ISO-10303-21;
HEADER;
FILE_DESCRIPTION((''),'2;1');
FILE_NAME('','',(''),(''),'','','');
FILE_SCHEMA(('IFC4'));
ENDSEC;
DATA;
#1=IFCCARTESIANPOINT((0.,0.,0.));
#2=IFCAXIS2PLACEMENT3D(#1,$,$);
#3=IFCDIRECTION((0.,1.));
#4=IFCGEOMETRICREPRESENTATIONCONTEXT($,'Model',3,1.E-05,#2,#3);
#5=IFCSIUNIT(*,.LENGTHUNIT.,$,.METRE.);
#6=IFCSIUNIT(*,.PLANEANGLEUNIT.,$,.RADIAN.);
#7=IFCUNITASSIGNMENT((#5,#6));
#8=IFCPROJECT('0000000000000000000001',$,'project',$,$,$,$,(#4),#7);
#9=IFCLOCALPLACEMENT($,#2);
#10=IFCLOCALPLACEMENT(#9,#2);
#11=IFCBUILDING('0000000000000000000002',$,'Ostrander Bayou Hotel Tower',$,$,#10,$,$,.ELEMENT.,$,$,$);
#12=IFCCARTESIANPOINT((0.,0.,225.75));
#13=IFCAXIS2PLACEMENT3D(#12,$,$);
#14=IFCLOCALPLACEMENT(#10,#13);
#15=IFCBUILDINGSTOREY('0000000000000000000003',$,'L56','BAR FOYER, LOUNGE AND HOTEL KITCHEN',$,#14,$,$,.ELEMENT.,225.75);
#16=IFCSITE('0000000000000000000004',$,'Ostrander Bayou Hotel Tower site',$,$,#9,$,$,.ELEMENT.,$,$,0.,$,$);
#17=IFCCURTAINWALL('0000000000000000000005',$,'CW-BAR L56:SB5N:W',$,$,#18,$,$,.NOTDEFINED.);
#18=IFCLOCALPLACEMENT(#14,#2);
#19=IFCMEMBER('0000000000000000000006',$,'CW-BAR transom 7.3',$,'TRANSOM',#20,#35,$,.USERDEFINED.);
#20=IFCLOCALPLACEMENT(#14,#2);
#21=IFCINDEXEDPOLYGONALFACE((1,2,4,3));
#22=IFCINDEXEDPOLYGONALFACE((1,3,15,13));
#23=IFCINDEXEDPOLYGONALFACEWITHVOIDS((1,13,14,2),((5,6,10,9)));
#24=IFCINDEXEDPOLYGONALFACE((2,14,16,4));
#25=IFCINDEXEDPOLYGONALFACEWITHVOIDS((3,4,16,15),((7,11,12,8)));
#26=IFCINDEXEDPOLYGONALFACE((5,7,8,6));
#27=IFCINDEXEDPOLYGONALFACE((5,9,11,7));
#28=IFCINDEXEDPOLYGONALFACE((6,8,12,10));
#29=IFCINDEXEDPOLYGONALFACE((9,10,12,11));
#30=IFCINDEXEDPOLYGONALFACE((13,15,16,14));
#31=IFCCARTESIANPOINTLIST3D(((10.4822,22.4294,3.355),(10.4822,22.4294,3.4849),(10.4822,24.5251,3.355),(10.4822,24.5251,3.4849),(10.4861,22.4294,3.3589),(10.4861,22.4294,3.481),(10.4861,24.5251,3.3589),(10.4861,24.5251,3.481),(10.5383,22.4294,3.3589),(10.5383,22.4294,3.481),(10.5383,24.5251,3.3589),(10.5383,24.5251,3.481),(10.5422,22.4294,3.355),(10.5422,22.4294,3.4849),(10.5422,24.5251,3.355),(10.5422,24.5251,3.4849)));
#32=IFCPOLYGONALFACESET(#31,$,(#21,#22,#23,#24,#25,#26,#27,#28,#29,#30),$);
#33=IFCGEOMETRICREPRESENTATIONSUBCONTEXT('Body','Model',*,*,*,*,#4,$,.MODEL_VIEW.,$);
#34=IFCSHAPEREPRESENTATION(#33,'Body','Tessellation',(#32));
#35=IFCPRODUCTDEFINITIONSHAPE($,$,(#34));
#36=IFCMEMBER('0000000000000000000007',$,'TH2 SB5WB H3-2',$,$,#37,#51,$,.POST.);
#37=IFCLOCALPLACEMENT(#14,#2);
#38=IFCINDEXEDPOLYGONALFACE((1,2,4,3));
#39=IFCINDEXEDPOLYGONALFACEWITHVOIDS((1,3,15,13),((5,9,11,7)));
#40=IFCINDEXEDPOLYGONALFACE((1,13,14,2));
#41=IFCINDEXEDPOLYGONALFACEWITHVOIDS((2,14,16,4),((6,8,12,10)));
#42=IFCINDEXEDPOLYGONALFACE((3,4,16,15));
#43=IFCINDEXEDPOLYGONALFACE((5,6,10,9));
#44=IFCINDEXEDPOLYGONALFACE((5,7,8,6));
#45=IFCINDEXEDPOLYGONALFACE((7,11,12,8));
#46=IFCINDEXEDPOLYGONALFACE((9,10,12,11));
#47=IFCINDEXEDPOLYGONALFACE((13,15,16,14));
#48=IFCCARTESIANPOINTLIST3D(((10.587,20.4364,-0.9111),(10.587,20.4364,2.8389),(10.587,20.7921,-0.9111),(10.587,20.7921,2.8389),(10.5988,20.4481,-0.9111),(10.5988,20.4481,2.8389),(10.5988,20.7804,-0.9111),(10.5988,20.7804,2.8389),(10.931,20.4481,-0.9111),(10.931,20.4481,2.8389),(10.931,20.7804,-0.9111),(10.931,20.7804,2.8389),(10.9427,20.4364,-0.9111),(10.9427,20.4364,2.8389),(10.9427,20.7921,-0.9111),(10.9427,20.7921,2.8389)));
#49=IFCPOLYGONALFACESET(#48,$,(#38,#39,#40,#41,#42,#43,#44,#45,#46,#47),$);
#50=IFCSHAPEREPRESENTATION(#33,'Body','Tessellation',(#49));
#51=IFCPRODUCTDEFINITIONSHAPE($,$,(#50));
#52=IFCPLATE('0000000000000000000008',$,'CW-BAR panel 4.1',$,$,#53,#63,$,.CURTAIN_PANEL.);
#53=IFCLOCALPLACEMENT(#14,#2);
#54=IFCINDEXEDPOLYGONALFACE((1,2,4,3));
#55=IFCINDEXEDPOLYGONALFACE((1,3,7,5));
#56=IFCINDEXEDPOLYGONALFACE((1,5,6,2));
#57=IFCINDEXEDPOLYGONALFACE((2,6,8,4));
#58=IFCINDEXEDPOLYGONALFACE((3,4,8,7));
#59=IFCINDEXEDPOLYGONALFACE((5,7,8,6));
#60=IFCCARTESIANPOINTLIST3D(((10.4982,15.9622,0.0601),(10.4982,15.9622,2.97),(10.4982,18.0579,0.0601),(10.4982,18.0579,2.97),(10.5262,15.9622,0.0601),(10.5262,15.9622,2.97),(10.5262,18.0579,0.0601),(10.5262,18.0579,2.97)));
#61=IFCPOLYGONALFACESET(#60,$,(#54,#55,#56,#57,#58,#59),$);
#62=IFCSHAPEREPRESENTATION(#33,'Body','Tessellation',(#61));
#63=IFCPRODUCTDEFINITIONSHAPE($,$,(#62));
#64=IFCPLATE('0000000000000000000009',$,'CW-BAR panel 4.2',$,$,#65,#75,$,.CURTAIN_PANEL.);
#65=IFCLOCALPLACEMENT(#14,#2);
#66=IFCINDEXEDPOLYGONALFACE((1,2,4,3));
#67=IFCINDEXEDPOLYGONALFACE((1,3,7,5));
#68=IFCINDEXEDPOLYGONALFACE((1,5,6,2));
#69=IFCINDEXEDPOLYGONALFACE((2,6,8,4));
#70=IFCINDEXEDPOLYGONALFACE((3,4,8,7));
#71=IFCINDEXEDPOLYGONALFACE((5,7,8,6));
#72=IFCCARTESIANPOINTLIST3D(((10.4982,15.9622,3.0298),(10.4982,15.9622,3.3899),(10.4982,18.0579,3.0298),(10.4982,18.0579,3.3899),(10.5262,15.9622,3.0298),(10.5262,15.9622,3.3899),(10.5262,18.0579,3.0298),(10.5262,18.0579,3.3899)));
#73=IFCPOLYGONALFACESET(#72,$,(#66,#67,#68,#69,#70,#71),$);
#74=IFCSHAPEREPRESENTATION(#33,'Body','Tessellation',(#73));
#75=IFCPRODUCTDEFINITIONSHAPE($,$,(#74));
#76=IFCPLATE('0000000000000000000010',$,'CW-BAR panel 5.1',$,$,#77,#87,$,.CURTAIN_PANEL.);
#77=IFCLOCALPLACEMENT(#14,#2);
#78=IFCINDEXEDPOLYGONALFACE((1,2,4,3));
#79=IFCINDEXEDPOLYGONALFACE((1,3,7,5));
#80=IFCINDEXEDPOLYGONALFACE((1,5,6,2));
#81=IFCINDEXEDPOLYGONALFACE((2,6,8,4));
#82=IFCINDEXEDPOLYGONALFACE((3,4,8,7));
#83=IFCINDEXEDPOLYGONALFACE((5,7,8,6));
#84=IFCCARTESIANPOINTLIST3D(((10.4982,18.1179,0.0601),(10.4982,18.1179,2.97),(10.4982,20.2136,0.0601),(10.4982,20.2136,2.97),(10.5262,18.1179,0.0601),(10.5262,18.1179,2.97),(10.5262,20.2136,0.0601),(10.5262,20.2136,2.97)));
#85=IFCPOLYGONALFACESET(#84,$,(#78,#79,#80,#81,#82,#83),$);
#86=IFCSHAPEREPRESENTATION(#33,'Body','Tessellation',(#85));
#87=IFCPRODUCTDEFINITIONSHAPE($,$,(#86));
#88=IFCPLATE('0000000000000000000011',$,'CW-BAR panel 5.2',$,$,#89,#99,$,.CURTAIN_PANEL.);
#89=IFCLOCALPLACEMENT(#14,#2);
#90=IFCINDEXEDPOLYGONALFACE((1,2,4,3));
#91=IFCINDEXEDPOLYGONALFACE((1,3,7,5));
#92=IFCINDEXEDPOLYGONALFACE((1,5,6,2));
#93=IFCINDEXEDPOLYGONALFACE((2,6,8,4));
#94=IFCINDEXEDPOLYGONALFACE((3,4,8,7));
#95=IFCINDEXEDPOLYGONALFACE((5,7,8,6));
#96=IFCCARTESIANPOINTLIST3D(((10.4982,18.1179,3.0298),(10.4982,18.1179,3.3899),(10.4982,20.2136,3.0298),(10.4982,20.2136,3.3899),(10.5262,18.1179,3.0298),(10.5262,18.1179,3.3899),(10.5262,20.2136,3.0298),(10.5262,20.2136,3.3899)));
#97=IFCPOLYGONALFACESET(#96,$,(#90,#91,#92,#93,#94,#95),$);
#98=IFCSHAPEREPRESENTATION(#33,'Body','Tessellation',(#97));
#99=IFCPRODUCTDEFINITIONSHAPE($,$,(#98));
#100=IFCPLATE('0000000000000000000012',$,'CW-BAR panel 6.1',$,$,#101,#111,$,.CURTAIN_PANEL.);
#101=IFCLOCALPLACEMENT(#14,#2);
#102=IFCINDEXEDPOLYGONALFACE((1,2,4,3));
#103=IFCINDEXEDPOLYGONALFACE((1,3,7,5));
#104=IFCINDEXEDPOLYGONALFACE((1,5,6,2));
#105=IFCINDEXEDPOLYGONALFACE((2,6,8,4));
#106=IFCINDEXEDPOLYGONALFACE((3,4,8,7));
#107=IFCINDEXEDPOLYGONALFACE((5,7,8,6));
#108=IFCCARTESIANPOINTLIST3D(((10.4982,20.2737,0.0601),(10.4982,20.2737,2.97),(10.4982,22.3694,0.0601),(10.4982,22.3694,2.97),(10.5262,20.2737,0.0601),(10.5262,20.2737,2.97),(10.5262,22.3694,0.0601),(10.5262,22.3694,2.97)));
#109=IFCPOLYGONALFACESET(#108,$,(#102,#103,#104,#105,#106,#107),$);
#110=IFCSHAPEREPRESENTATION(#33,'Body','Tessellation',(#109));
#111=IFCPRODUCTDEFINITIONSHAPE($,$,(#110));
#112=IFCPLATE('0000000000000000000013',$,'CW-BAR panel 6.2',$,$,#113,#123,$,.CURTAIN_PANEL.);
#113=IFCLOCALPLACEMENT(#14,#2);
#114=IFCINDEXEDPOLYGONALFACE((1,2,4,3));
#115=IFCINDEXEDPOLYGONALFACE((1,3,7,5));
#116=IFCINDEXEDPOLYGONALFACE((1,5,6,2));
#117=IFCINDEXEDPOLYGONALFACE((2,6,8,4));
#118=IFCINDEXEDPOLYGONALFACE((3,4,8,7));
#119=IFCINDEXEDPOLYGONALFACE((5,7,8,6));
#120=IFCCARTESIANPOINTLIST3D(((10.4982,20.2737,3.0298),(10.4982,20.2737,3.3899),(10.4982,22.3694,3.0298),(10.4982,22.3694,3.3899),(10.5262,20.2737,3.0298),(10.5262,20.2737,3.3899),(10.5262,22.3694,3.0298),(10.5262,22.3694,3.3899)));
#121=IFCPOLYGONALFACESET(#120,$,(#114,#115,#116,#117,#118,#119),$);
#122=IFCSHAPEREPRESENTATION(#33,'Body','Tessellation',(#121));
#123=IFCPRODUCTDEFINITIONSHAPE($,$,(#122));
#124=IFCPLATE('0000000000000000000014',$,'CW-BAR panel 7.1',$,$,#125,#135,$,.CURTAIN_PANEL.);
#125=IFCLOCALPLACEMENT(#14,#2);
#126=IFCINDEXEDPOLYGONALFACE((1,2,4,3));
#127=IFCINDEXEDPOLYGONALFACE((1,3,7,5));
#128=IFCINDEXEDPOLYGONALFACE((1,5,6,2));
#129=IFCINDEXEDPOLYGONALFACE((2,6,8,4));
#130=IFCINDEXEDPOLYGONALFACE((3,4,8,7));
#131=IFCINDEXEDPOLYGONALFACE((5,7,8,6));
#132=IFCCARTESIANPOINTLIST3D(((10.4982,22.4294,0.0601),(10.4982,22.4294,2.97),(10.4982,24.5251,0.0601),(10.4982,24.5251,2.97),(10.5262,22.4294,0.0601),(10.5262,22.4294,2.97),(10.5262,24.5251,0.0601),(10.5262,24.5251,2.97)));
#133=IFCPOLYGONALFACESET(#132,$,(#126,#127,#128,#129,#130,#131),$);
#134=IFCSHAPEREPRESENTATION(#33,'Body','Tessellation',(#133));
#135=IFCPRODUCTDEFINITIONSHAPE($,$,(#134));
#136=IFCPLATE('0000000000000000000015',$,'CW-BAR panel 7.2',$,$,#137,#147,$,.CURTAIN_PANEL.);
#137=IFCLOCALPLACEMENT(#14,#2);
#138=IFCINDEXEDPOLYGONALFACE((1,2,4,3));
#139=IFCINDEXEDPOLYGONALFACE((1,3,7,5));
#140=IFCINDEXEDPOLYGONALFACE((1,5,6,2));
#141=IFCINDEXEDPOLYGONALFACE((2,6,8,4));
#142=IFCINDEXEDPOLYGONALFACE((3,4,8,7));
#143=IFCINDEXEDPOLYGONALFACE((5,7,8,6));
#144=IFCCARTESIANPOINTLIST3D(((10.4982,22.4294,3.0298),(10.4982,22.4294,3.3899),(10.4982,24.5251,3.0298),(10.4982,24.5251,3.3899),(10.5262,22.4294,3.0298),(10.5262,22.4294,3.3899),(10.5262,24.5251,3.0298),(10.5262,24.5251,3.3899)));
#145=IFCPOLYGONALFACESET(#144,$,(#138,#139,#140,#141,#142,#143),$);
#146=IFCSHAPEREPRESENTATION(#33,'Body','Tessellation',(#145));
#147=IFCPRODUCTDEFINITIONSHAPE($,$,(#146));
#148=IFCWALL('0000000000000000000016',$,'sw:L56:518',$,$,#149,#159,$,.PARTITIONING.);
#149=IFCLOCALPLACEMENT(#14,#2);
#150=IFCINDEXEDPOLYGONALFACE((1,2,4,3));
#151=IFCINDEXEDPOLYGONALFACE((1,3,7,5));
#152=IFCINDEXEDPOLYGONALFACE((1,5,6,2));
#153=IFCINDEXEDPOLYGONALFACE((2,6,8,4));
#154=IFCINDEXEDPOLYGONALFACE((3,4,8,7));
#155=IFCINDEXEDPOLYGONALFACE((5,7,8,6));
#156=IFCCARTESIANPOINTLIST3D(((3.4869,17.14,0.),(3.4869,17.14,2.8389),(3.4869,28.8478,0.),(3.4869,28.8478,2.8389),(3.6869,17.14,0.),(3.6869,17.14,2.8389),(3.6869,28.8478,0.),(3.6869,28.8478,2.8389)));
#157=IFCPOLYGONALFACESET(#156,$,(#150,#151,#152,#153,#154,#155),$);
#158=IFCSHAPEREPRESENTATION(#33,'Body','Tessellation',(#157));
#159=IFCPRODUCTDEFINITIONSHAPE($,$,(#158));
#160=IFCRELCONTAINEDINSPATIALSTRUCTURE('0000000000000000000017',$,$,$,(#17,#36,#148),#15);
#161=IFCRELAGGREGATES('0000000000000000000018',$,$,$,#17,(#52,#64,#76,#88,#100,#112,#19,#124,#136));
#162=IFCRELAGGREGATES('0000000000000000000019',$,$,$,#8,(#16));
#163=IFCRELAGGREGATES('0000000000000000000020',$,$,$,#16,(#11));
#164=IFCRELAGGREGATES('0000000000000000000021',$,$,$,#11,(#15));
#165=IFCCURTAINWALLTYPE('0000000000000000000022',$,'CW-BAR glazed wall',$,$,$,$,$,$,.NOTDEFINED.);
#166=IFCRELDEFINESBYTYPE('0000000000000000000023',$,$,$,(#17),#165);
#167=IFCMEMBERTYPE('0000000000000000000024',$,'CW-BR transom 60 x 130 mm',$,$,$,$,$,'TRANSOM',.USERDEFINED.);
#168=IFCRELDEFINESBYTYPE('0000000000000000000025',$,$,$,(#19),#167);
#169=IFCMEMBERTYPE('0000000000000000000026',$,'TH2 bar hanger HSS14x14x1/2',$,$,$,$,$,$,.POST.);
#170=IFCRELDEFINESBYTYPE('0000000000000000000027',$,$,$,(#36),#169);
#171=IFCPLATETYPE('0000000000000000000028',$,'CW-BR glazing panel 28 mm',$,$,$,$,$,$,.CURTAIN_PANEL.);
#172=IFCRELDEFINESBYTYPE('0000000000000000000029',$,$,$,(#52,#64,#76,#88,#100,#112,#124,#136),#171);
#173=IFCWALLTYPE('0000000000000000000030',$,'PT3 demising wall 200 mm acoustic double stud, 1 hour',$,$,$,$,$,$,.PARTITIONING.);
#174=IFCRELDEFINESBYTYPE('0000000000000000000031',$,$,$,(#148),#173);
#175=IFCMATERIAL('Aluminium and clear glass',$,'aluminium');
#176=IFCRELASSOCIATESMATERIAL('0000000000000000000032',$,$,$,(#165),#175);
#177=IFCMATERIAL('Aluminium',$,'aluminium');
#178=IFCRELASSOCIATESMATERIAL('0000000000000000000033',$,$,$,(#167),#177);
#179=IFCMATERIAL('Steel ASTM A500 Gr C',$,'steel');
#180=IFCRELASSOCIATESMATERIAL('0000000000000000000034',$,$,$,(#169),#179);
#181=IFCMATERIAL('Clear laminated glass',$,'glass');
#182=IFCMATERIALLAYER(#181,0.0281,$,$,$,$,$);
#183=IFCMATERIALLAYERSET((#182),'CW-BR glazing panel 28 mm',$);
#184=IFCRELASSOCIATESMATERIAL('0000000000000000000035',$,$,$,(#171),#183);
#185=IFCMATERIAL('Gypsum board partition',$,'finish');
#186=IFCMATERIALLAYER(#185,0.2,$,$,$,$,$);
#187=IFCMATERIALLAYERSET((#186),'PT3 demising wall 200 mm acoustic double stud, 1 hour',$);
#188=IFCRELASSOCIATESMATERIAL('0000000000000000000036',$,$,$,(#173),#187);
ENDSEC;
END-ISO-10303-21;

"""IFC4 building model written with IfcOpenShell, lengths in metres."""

from ifc_helpers import new_model, si_unit, direction, frame, frame_2d, origin, origin_2d, place, context, subcontext, project, spatial, rectangle, hollow_rectangle, extrude, material, layer, layer_set, material_profile, profile_set, type_object, element, aggregate, save


model = new_model("IFC4")

# Units and contexts
model_context = context("Model", 3, precision=1e-05, world=origin(), true_north=direction((0.0, 1.0)))
body_context = subcontext(model_context, "Body", "Model", "MODEL_VIEW")
ifc_project = project(units=[si_unit("LENGTHUNIT", "METRE"), si_unit("PLANEANGLEUNIT", "RADIAN")], contexts=[model_context])

# Site, building, storey
site_placement = place(None, origin())
site = spatial("IfcSite", under=ifc_project, at=site_placement, Name="Ostrander Bayou Hotel Tower site", CompositionType="ELEMENT", RefElevation=0.0)
building_placement = place(site_placement, origin())
building = spatial("IfcBuilding", under=site, at=building_placement, Name="Ostrander Bayou Hotel Tower", CompositionType="ELEMENT")
storey_placement = place(building_placement, frame((0.0, 0.0, 225.75)))
storey = spatial("IfcBuildingStorey", under=building, at=storey_placement, Name="L56", Description="BAR FOYER, LOUNGE AND HOTEL KITCHEN", CompositionType="ELEMENT", Elevation=225.75)

# Curtain wall, member
ifc_material_1 = material(Name="Aluminium and clear glass", Category="aluminium")
curtain_wall_type = type_object("IfcCurtainWallType", Name="CW-BAR glazed wall", PredefinedType="NOTDEFINED", material=ifc_material_1)
curtain_wall_placement = place(storey_placement, origin())
curtain_wall = element("IfcCurtainWall", 1, at=curtain_wall_placement, inside=storey, type_object=curtain_wall_type, Name="CW-BAR L56:SB5N:W", PredefinedType="NOTDEFINED")
ifc_material_2 = material(Name="Aluminium", Category="aluminium")
ifc_material_profile_1 = material_profile(ifc_material_2, hollow_rectangle(XDim=0.0601, YDim=0.1299, WallThickness=0.0039, at=origin_2d()))
ifc_profile_set_1 = profile_set([ifc_material_profile_1], Name="Aluminium")
member_type_1 = type_object("IfcMemberType", Name="CW-BR transom 60 x 130 mm", ElementType="TRANSOM", PredefinedType="USERDEFINED", material=ifc_profile_set_1)
member_1_placement = place(storey_placement, frame((10.5122, 22.4294, 3.4199), z_axis=(0.0, 1.0, 0.0), x_axis=(-1.0, 0.0, 0.0)))
member_1 = element("IfcMember", 2, at=member_1_placement, type_object=member_type_1, Name="CW-BAR transom 7.3", ObjectType="TRANSOM", PredefinedType="USERDEFINED", context=body_context, shape_type="SweptSolid", body=[
    extrude(hollow_rectangle(XDim=0.0601, YDim=0.1299, WallThickness=0.0039, at=origin_2d()), origin(), (0.0, 0.0, 1.0), 2.0957),
])

# Member
ifc_material_3 = material(Name="Steel ASTM A500 Gr C", Category="steel")
ifc_material_profile_2 = material_profile(ifc_material_3, hollow_rectangle(XDim=0.3557, YDim=0.3557, WallThickness=0.0117, at=origin_2d()))
ifc_profile_set_2 = profile_set([ifc_material_profile_2], Name="Steel ASTM A500 Gr C")
member_type_2 = type_object("IfcMemberType", Name="TH2 bar hanger HSS14x14x1/2", PredefinedType="POST", material=ifc_profile_set_2)
member_2_placement = place(storey_placement, frame((10.7649, 20.6143, -0.9111), z_axis=(0.0, 0.0, 1.0), x_axis=(1.0, 0.0, 0.0)))
element("IfcMember", 3, at=member_2_placement, inside=storey, type_object=member_type_2, Name="TH2 SB5WB H3-2", PredefinedType="POST", context=body_context, shape_type="SweptSolid", body=[
    extrude(hollow_rectangle(XDim=0.3557, YDim=0.3557, WallThickness=0.0117, at=origin_2d()), origin(), (0.0, 0.0, 1.0), 3.75),
])

# Plates
ifc_material_4 = material(Name="Clear laminated glass", Category="glass")
ifc_layer_1 = layer(ifc_material_4, 0.0281)
ifc_layer_set_1 = layer_set([ifc_layer_1], Name="CW-BR glazing panel 28 mm")
plate_type = type_object("IfcPlateType", Name="CW-BR glazing panel 28 mm", PredefinedType="CURTAIN_PANEL", material=ifc_layer_set_1)
plate_1_placement = place(storey_placement, frame((10.5122, 17.01, 0.0601), z_axis=(0.0, 0.0, 1.0), x_axis=(0.0, 1.0, 0.0)))
plate_1 = element("IfcPlate", 4, at=plate_1_placement, type_object=plate_type, Name="CW-BAR panel 4.1", PredefinedType="CURTAIN_PANEL", context=body_context, shape_type="SweptSolid", body=[
    extrude(rectangle(XDim=2.0957, YDim=0.0281, at=origin_2d()), origin(), (0.0, 0.0, 1.0), 2.9099),
])
plate_2_placement = place(storey_placement, frame((10.5122, 17.01, 3.0298), z_axis=(0.0, 0.0, 1.0), x_axis=(0.0, 1.0, 0.0)))
plate_2 = element("IfcPlate", 5, at=plate_2_placement, type_object=plate_type, Name="CW-BAR panel 4.2", PredefinedType="CURTAIN_PANEL", context=body_context, shape_type="SweptSolid", body=[
    extrude(rectangle(XDim=2.0957, YDim=0.0281, at=origin_2d()), origin(), (0.0, 0.0, 1.0), 0.3601),
])
plate_3_placement = place(storey_placement, frame((10.5122, 19.1658, 0.0601), z_axis=(0.0, 0.0, 1.0), x_axis=(0.0, 1.0, 0.0)))
plate_3 = element("IfcPlate", 6, at=plate_3_placement, type_object=plate_type, Name="CW-BAR panel 5.1", PredefinedType="CURTAIN_PANEL", context=body_context, shape_type="SweptSolid", body=[
    extrude(rectangle(XDim=2.0957, YDim=0.0281, at=origin_2d()), origin(), (0.0, 0.0, 1.0), 2.9099),
])
plate_4_placement = place(storey_placement, frame((10.5122, 19.1658, 3.0298), z_axis=(0.0, 0.0, 1.0), x_axis=(0.0, 1.0, 0.0)))
plate_4 = element("IfcPlate", 7, at=plate_4_placement, type_object=plate_type, Name="CW-BAR panel 5.2", PredefinedType="CURTAIN_PANEL", context=body_context, shape_type="SweptSolid", body=[
    extrude(rectangle(XDim=2.0957, YDim=0.0281, at=origin_2d()), origin(), (0.0, 0.0, 1.0), 0.3601),
])
plate_5_placement = place(storey_placement, frame((10.5122, 21.3215, 0.0601), z_axis=(0.0, 0.0, 1.0), x_axis=(0.0, 1.0, 0.0)))
plate_5 = element("IfcPlate", 8, at=plate_5_placement, type_object=plate_type, Name="CW-BAR panel 6.1", PredefinedType="CURTAIN_PANEL", context=body_context, shape_type="SweptSolid", body=[
    extrude(rectangle(XDim=2.0957, YDim=0.0281, at=origin_2d()), origin(), (0.0, 0.0, 1.0), 2.9099),
])
plate_6_placement = place(storey_placement, frame((10.5122, 21.3215, 3.0298), z_axis=(0.0, 0.0, 1.0), x_axis=(0.0, 1.0, 0.0)))
plate_6 = element("IfcPlate", 9, at=plate_6_placement, type_object=plate_type, Name="CW-BAR panel 6.2", PredefinedType="CURTAIN_PANEL", context=body_context, shape_type="SweptSolid", body=[
    extrude(rectangle(XDim=2.0957, YDim=0.0281, at=origin_2d()), origin(), (0.0, 0.0, 1.0), 0.3601),
])
plate_7_placement = place(storey_placement, frame((10.5122, 23.4773, 0.0601), z_axis=(0.0, 0.0, 1.0), x_axis=(0.0, 1.0, 0.0)))
plate_7 = element("IfcPlate", 10, at=plate_7_placement, type_object=plate_type, Name="CW-BAR panel 7.1", PredefinedType="CURTAIN_PANEL", context=body_context, shape_type="SweptSolid", body=[
    extrude(rectangle(XDim=2.0957, YDim=0.0281, at=origin_2d()), origin(), (0.0, 0.0, 1.0), 2.9099),
])
plate_8_placement = place(storey_placement, frame((10.5122, 23.4773, 3.0298), z_axis=(0.0, 0.0, 1.0), x_axis=(0.0, 1.0, 0.0)))
plate_8 = element("IfcPlate", 11, at=plate_8_placement, type_object=plate_type, Name="CW-BAR panel 7.2", PredefinedType="CURTAIN_PANEL", context=body_context, shape_type="SweptSolid", body=[
    extrude(rectangle(XDim=2.0957, YDim=0.0281, at=origin_2d()), origin(), (0.0, 0.0, 1.0), 0.3601),
])
aggregate(curtain_wall, [plate_1, plate_2, plate_3, plate_4, plate_5, plate_6, member_1, plate_7, plate_8])

# Shared definitions
ifc_material_5 = material(Name="Gypsum board partition", Category="finish")
ifc_layer_2 = layer(ifc_material_5, 0.2)
ifc_layer_set_2 = layer_set([ifc_layer_2], Name="PT3 demising wall 200 mm acoustic double stud, 1 hour")
wall_type = type_object("IfcWallType", Name="PT3 demising wall 200 mm acoustic double stud, 1 hour", PredefinedType="PARTITIONING", material=ifc_layer_set_2)

# Wall
wall_1_placement = place(storey_placement, frame((3.5869, 17.1399, 0.0), z_axis=(0.0, 0.0, 1.0), x_axis=(0.0, 1.0, 0.0)))
element("IfcWall", 12, at=wall_1_placement, inside=storey, type_object=wall_type, Name="sw:L56:518", PredefinedType="PARTITIONING", context=body_context, shape_type="SweptSolid", body=[
    extrude(rectangle(XDim=11.7078, YDim=0.2, at=frame_2d((5.854, 0.0))), origin(), (0.0, 0.0, 1.0), 2.8389),
])

save(model, "model.ifc")
